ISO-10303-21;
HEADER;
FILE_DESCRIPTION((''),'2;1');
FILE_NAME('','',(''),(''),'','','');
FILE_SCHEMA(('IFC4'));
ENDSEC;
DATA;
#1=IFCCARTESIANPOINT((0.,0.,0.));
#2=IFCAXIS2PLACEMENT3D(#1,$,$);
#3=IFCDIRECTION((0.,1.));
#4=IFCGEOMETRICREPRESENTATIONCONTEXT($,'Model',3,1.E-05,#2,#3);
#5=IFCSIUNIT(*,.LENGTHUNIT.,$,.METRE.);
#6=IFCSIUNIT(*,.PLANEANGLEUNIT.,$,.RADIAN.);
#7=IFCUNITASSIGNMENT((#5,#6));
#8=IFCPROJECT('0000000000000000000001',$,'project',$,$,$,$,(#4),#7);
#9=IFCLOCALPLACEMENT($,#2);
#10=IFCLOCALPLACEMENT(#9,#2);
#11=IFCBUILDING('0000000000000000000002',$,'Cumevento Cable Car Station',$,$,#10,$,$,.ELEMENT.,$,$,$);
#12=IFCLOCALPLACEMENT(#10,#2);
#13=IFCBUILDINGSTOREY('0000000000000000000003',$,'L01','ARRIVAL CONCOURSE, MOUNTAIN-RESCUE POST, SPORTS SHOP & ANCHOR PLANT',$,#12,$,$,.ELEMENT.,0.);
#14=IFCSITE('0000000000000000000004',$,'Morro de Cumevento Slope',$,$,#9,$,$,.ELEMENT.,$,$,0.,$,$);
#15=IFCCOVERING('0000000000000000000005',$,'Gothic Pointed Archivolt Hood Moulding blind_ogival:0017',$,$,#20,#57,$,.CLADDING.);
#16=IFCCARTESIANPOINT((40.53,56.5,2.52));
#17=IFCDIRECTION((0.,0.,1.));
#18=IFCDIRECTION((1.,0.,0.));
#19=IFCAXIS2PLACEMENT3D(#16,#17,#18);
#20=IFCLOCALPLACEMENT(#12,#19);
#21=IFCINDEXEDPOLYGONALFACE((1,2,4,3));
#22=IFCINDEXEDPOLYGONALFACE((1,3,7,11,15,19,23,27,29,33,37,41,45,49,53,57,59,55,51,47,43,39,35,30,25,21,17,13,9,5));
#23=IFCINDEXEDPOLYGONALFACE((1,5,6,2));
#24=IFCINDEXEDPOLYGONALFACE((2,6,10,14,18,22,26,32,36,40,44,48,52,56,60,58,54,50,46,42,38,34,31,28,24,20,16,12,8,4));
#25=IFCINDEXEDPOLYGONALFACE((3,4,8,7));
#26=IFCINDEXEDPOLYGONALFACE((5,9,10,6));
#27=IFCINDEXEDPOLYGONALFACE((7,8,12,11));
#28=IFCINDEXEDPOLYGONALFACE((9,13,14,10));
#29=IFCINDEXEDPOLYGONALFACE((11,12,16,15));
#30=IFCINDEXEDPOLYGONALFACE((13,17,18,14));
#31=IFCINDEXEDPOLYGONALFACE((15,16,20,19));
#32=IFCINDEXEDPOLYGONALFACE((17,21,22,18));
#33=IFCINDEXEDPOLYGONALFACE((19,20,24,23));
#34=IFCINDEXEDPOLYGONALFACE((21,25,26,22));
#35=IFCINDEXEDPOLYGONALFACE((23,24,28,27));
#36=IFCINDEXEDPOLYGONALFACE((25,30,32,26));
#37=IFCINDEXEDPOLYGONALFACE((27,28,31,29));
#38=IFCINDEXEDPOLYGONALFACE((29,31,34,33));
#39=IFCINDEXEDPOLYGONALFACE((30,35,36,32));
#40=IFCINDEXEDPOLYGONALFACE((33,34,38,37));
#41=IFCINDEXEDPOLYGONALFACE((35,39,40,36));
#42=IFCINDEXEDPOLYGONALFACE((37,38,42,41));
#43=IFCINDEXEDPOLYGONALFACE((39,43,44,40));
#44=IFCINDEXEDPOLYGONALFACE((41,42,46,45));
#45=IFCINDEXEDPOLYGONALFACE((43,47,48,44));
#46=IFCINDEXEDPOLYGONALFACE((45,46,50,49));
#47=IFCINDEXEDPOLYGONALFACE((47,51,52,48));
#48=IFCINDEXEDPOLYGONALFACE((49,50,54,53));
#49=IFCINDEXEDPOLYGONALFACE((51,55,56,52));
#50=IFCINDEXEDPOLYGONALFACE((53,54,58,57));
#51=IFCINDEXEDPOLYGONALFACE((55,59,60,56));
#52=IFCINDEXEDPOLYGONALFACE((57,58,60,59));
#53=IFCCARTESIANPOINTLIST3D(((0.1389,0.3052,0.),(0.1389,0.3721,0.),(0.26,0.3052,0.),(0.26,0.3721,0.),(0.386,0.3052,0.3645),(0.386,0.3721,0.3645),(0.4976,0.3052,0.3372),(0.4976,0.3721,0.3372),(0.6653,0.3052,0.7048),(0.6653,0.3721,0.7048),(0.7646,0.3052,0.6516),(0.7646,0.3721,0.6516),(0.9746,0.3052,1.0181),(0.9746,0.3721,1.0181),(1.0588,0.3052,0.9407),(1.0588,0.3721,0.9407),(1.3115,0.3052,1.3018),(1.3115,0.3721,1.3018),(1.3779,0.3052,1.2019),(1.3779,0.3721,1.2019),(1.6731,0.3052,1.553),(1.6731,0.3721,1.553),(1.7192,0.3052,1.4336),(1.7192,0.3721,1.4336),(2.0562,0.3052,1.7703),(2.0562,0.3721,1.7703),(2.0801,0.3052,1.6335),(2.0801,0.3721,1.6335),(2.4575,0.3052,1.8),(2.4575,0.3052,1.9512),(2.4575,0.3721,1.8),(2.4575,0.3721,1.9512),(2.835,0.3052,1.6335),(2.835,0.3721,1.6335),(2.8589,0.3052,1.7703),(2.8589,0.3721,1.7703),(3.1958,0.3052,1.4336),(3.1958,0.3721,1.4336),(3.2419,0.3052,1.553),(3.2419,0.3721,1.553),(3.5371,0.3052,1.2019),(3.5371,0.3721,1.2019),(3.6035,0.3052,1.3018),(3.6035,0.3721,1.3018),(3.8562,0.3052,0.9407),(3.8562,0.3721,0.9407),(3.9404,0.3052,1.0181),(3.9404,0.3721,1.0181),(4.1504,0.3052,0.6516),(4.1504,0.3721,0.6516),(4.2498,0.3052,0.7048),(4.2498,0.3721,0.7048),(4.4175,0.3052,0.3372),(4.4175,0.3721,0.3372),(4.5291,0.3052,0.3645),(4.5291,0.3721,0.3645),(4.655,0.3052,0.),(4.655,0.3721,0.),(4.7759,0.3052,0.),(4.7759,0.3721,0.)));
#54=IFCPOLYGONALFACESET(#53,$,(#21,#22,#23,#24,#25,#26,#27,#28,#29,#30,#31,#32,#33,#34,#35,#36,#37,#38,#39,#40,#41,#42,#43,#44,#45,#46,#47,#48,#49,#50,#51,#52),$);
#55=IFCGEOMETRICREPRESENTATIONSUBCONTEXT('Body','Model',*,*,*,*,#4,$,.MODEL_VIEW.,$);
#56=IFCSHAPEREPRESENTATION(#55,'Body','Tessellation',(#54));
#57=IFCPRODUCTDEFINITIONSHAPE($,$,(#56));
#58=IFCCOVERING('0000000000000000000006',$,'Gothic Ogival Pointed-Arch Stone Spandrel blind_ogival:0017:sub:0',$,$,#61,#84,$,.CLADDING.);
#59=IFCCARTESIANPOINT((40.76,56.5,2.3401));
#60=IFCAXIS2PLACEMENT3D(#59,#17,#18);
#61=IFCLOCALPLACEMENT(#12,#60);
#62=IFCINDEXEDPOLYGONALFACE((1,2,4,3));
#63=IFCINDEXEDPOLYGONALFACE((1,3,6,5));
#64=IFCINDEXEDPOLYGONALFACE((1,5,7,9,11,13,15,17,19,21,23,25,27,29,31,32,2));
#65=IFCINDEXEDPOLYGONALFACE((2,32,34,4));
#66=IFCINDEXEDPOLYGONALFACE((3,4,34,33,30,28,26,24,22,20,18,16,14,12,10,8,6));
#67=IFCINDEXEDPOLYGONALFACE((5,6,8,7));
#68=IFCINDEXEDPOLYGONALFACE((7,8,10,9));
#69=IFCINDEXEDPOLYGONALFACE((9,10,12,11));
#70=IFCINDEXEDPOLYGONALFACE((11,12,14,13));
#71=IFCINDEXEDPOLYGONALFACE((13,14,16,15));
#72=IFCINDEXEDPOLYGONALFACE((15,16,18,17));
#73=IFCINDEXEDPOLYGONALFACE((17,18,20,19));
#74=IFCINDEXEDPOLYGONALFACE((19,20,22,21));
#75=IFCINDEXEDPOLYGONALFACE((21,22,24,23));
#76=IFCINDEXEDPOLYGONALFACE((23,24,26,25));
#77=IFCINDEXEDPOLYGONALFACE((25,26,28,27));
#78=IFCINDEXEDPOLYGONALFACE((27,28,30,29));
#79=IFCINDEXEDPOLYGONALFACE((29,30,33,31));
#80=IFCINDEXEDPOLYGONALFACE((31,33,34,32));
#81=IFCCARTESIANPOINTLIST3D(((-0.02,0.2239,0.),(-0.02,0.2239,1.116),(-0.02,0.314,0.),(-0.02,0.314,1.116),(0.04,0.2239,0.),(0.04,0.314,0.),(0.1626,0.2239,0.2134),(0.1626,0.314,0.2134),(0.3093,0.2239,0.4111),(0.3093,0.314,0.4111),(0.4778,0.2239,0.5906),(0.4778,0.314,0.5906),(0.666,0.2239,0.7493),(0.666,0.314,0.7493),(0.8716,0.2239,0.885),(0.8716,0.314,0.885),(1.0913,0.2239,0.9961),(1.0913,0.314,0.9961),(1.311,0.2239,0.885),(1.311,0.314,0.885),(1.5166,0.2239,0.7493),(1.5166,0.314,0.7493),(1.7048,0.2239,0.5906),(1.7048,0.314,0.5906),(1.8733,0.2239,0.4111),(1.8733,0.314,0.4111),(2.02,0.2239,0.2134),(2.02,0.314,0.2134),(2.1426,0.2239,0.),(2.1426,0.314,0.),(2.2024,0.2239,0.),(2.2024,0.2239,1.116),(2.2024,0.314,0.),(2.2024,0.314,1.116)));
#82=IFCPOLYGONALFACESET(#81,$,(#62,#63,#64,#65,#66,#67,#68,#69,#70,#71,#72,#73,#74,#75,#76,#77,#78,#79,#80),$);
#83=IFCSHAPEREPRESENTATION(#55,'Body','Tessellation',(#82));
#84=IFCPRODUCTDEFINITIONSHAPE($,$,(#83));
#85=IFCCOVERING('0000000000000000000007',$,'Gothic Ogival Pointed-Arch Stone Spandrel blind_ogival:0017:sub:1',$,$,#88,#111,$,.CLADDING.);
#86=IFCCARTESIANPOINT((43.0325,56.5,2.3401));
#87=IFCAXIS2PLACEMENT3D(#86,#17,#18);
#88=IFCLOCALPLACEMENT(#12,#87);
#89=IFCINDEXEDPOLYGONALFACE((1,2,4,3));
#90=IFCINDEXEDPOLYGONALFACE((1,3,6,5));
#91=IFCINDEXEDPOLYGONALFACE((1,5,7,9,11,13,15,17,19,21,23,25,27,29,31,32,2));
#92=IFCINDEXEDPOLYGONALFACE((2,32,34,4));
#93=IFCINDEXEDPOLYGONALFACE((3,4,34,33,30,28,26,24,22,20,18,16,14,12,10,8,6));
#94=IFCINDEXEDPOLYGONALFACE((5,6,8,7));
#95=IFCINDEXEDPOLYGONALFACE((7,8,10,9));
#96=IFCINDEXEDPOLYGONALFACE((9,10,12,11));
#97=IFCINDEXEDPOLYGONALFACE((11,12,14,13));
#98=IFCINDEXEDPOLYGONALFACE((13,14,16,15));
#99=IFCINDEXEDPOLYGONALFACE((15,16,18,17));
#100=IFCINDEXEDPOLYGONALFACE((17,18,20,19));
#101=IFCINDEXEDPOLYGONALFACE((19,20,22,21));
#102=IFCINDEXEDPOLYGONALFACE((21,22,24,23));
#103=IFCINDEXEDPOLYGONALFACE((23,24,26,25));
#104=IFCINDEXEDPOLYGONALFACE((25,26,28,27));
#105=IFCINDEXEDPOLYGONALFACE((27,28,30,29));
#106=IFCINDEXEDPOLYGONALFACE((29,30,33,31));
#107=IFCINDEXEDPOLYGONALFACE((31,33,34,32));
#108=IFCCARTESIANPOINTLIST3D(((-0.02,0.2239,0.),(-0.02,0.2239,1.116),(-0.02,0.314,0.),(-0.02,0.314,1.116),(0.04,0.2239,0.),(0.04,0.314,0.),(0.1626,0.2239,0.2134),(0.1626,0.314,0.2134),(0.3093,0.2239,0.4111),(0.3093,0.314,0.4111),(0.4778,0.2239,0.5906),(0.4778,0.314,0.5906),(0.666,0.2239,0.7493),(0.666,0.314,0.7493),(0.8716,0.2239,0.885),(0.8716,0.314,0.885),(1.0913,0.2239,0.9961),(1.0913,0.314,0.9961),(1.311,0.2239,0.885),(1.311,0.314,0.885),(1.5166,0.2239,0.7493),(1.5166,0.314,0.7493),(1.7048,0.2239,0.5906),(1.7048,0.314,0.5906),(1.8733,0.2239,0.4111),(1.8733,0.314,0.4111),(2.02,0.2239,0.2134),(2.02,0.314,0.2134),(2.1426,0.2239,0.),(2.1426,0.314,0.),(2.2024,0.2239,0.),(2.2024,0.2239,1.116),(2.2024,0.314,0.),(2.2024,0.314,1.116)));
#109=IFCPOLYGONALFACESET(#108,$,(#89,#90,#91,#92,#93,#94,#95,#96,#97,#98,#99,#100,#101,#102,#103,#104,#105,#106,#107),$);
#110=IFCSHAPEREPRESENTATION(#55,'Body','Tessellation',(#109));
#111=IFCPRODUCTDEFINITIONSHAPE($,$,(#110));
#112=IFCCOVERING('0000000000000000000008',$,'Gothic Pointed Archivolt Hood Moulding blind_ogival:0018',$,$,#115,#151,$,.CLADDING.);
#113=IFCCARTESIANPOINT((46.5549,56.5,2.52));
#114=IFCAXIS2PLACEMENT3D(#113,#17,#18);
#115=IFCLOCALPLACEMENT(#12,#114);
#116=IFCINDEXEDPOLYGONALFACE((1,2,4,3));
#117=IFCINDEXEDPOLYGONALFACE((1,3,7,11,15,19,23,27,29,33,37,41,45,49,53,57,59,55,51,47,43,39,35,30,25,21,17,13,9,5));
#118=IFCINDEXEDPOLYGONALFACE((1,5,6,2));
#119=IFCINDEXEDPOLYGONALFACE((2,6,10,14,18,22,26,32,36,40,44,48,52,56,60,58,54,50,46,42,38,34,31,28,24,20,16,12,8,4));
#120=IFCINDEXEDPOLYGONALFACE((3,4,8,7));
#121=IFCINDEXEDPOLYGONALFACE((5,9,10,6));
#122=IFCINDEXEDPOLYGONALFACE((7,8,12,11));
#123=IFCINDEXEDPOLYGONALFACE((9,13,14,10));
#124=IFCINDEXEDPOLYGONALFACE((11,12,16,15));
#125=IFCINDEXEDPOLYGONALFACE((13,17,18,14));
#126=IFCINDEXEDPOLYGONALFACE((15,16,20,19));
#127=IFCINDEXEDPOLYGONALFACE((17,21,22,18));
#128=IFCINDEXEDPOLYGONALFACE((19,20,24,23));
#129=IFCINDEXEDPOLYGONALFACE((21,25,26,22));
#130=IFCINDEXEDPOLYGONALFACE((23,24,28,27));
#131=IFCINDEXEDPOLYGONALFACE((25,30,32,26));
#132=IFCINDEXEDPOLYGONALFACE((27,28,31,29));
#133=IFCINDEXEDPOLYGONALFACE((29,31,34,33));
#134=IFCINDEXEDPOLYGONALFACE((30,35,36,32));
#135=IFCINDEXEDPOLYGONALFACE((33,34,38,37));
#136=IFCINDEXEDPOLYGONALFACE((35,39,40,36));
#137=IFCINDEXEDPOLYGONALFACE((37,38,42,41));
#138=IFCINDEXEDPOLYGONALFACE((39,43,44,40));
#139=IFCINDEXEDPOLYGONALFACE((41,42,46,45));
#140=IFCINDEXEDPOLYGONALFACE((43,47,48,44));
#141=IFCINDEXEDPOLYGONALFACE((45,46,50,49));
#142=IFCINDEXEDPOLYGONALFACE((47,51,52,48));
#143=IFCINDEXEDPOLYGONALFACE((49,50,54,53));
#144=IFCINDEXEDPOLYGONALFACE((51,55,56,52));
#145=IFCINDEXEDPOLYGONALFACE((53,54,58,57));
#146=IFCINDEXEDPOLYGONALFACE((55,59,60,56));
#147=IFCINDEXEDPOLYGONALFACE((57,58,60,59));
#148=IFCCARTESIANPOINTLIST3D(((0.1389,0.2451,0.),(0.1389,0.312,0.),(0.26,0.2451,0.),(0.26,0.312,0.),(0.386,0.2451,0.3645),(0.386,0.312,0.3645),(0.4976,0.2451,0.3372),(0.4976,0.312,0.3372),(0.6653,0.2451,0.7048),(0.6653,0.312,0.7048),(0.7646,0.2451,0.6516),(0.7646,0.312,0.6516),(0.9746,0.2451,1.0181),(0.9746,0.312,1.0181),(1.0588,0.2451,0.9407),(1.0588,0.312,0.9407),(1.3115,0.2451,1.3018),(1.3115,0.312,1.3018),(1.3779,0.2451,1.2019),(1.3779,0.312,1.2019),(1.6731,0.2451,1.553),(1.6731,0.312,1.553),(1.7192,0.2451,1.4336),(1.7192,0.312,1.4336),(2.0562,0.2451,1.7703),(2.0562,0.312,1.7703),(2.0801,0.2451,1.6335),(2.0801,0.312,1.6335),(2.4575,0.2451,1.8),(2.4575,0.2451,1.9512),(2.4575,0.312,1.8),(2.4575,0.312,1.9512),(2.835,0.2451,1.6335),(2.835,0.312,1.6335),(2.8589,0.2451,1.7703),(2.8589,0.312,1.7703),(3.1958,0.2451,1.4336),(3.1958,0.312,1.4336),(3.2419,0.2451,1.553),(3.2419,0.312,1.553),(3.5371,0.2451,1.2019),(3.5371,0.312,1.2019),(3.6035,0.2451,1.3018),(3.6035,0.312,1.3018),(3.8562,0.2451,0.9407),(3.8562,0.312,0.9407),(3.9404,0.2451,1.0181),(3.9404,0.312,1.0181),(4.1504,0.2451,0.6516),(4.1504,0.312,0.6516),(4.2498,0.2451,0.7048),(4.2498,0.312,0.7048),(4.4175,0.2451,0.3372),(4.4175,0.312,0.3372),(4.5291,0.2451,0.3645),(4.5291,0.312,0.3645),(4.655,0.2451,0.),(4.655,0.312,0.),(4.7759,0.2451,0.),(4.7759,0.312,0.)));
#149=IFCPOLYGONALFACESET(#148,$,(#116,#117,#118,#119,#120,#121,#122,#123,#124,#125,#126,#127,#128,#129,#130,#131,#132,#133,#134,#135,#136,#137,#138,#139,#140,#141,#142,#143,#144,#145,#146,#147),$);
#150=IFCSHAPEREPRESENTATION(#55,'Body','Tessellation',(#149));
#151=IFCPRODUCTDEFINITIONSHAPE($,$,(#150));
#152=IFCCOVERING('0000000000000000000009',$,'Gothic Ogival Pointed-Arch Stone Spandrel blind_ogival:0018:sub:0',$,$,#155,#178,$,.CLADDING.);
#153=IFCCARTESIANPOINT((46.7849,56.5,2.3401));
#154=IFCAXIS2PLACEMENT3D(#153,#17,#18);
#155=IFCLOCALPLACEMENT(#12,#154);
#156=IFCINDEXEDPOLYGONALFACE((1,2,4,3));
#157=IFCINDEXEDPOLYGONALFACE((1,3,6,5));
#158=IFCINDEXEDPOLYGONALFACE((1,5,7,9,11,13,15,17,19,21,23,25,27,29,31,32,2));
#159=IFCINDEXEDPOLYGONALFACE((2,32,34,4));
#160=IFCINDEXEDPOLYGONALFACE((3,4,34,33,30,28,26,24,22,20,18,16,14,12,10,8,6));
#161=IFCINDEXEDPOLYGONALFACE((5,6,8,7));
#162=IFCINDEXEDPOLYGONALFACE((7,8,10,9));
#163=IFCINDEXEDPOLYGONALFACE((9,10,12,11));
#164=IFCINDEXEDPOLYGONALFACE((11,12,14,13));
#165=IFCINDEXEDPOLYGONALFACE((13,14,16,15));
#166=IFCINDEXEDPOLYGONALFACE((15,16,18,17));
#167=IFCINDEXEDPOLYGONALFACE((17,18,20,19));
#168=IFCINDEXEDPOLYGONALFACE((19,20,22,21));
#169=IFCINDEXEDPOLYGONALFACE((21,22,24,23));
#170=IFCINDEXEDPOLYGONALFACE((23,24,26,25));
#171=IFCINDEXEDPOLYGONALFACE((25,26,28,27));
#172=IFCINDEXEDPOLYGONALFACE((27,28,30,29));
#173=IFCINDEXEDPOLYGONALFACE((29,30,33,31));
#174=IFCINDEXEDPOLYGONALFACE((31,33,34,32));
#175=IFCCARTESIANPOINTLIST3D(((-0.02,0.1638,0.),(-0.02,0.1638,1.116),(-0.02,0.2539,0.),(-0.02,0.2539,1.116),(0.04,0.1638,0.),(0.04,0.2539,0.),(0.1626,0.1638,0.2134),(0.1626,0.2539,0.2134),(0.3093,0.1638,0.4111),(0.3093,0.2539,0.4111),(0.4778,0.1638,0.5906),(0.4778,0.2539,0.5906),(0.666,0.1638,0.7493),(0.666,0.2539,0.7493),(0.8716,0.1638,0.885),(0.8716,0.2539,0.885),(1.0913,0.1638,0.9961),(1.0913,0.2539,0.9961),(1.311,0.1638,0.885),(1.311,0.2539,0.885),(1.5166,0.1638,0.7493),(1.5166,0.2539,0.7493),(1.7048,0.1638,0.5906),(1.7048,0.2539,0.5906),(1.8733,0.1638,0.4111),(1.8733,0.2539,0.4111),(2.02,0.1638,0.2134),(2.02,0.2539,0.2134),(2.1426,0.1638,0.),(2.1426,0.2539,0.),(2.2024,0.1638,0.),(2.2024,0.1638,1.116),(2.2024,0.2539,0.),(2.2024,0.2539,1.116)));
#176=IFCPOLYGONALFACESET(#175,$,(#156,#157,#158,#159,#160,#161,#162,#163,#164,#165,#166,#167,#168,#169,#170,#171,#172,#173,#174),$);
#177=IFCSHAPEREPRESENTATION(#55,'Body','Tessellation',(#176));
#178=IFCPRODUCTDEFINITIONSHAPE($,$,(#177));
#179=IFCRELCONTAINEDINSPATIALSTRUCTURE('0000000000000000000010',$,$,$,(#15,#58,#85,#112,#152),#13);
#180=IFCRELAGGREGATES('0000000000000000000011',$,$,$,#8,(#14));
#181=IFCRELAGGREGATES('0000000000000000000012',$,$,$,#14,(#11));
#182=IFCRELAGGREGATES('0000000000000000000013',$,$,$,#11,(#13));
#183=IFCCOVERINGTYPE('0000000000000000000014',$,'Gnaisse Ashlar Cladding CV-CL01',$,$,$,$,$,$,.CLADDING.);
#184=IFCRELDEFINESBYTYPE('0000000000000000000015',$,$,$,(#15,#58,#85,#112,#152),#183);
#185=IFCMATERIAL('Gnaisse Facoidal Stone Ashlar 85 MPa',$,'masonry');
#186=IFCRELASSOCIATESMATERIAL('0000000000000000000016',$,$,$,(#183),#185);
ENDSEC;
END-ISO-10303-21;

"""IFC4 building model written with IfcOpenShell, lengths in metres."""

from ifc_helpers import new_model, si_unit, direction, frame, origin, place, context, subcontext, project, spatial, polyline, outline, extrude, material, type_object, element, save


model = new_model("IFC4")

# Units and contexts
model_context = context("Model", 3, precision=1e-05, world=origin(), true_north=direction((0.0, 1.0)))
body_context = subcontext(model_context, "Body", "Model", "MODEL_VIEW")
ifc_project = project(units=[si_unit("LENGTHUNIT", "METRE"), si_unit("PLANEANGLEUNIT", "RADIAN")], contexts=[model_context])

# Site, building, storey
site_placement = place(None, origin())
site = spatial("IfcSite", under=ifc_project, at=site_placement, Name="Morro de Cumevento Slope", CompositionType="ELEMENT", RefElevation=0.0)
building_placement = place(site_placement, origin())
building = spatial("IfcBuilding", under=site, at=building_placement, Name="Cumevento Cable Car Station", CompositionType="ELEMENT")
storey_placement = place(building_placement, origin())
storey = spatial("IfcBuildingStorey", under=building, at=storey_placement, Name="L01", Description="ARRIVAL CONCOURSE, MOUNTAIN-RESCUE POST, SPORTS SHOP & ANCHOR PLANT", CompositionType="ELEMENT", Elevation=0.0)

# Coverings
ifc_material_1 = material(Name="Gnaisse Facoidal Stone Ashlar 85 MPa", Category="masonry")
covering_type = type_object("IfcCoveringType", Name="Gnaisse Ashlar Cladding CV-CL01", PredefinedType="CLADDING", material=ifc_material_1)
covering_1_placement = place(storey_placement, frame((40.53, 56.5, 2.52), z_axis=(0.0, 0.0, 1.0), x_axis=(1.0, 0.0, 0.0)))
element("IfcCovering", 1, at=covering_1_placement, inside=storey, type_object=covering_type, Name="Gothic Pointed Archivolt Hood Moulding blind_ogival:0017", PredefinedType="CLADDING", context=body_context, shape_type="SweptSolid", body=[
    extrude(outline(polyline([(0.26, 0.0), (0.4976, 0.3372), (0.7646, 0.6516), (1.0588, 0.9407), (1.3779, 1.2019), (1.7192, 1.4336), (2.0801, 1.6335), (2.4575, 1.8), (2.835, 1.6335), (3.1958, 1.4336), (3.5371, 1.2019), (3.8562, 0.9407), (4.1504, 0.6516), (4.4175, 0.3372), (4.655, 0.0), (4.7759, 0.0), (4.5291, 0.3645), (4.2498, 0.7048), (3.9404, 1.0181), (3.6035, 1.3018), (3.2419, 1.553), (2.8589, 1.7703), (2.4575, 1.9512), (2.0562, 1.7703), (1.6731, 1.553), (1.3115, 1.3018), (0.9746, 1.0181), (0.6653, 0.7048), (0.386, 0.3645), (0.1389, 0.0), (0.26, 0.0)])), frame((0.0, 0.3721, 0.0), z_axis=(0.0, -1.0, 0.0), x_axis=(1.0, 0.0, 0.0)), (0.0, 0.0, 1.0), 0.0669),
])
for number, where, z_axis, x_axis, name in (
    (2, (40.76, 56.5, 2.3401), (0.0, 0.0, 1.0), (1.0, 0.0, 0.0), "Gothic Ogival Pointed-Arch Stone Spandrel blind_ogival:0017:sub:0"),
    (3, (43.0325, 56.5, 2.3401), (0.0, 0.0, 1.0), (1.0, 0.0, 0.0), "Gothic Ogival Pointed-Arch Stone Spandrel blind_ogival:0017:sub:1"),
):
    element("IfcCovering", number, at=place(storey_placement, frame(where, z_axis=z_axis, x_axis=x_axis)), inside=storey, type_object=covering_type, Name=name, PredefinedType="CLADDING", context=body_context, shape_type="SweptSolid", body=[
        extrude(outline(polyline([(-0.02, 0.0), (-0.02, 1.116), (2.2024, 1.116), (2.2024, 0.0), (2.1426, 0.0), (2.02, 0.2134), (1.8733, 0.4111), (1.7048, 0.5906), (1.5166, 0.7493), (1.311, 0.885), (1.0913, 0.9961), (0.8716, 0.885), (0.666, 0.7493), (0.4778, 0.5906), (0.3093, 0.4111), (0.1626, 0.2134), (0.04, 0.0), (-0.02, 0.0)])), frame((0.0, 0.314, 0.0), z_axis=(0.0, -1.0, 0.0), x_axis=(1.0, 0.0, 0.0)), (0.0, 0.0, 1.0), 0.0901),
    ])
covering_2_placement = place(storey_placement, frame((46.5549, 56.5, 2.52), z_axis=(0.0, 0.0, 1.0), x_axis=(1.0, 0.0, 0.0)))
element("IfcCovering", 4, at=covering_2_placement, inside=storey, type_object=covering_type, Name="Gothic Pointed Archivolt Hood Moulding blind_ogival:0018", PredefinedType="CLADDING", context=body_context, shape_type="SweptSolid", body=[
    extrude(outline(polyline([(0.26, 0.0), (0.4976, 0.3372), (0.7646, 0.6516), (1.0588, 0.9407), (1.3779, 1.2019), (1.7192, 1.4336), (2.0801, 1.6335), (2.4575, 1.8), (2.835, 1.6335), (3.1958, 1.4336), (3.5371, 1.2019), (3.8562, 0.9407), (4.1504, 0.6516), (4.4175, 0.3372), (4.655, 0.0), (4.7759, 0.0), (4.5291, 0.3645), (4.2498, 0.7048), (3.9404, 1.0181), (3.6035, 1.3018), (3.2419, 1.553), (2.8589, 1.7703), (2.4575, 1.9512), (2.0562, 1.7703), (1.6731, 1.553), (1.3115, 1.3018), (0.9746, 1.0181), (0.6653, 0.7048), (0.386, 0.3645), (0.1389, 0.0), (0.26, 0.0)])), frame((0.0, 0.312, 0.0), z_axis=(0.0, -1.0, 0.0), x_axis=(1.0, 0.0, 0.0)), (0.0, 0.0, 1.0), 0.0669),
])
for number, where, z_axis, x_axis, name in (
    (5, (46.7849, 56.5, 2.3401), (0.0, 0.0, 1.0), (1.0, 0.0, 0.0), "Gothic Ogival Pointed-Arch Stone Spandrel blind_ogival:0018:sub:0"),
):
    element("IfcCovering", number, at=place(storey_placement, frame(where, z_axis=z_axis, x_axis=x_axis)), inside=storey, type_object=covering_type, Name=name, PredefinedType="CLADDING", context=body_context, shape_type="SweptSolid", body=[
        extrude(outline(polyline([(-0.02, 0.0), (-0.02, 1.116), (2.2024, 1.116), (2.2024, 0.0), (2.1426, 0.0), (2.02, 0.2134), (1.8733, 0.4111), (1.7048, 0.5906), (1.5166, 0.7493), (1.311, 0.885), (1.0913, 0.9961), (0.8716, 0.885), (0.666, 0.7493), (0.4778, 0.5906), (0.3093, 0.4111), (0.1626, 0.2134), (0.04, 0.0), (-0.02, 0.0)])), frame((0.0, 0.2539, 0.0), z_axis=(0.0, -1.0, 0.0), x_axis=(1.0, 0.0, 0.0)), (0.0, 0.0, 1.0), 0.0901),
    ])

save(model, "model.ifc")
